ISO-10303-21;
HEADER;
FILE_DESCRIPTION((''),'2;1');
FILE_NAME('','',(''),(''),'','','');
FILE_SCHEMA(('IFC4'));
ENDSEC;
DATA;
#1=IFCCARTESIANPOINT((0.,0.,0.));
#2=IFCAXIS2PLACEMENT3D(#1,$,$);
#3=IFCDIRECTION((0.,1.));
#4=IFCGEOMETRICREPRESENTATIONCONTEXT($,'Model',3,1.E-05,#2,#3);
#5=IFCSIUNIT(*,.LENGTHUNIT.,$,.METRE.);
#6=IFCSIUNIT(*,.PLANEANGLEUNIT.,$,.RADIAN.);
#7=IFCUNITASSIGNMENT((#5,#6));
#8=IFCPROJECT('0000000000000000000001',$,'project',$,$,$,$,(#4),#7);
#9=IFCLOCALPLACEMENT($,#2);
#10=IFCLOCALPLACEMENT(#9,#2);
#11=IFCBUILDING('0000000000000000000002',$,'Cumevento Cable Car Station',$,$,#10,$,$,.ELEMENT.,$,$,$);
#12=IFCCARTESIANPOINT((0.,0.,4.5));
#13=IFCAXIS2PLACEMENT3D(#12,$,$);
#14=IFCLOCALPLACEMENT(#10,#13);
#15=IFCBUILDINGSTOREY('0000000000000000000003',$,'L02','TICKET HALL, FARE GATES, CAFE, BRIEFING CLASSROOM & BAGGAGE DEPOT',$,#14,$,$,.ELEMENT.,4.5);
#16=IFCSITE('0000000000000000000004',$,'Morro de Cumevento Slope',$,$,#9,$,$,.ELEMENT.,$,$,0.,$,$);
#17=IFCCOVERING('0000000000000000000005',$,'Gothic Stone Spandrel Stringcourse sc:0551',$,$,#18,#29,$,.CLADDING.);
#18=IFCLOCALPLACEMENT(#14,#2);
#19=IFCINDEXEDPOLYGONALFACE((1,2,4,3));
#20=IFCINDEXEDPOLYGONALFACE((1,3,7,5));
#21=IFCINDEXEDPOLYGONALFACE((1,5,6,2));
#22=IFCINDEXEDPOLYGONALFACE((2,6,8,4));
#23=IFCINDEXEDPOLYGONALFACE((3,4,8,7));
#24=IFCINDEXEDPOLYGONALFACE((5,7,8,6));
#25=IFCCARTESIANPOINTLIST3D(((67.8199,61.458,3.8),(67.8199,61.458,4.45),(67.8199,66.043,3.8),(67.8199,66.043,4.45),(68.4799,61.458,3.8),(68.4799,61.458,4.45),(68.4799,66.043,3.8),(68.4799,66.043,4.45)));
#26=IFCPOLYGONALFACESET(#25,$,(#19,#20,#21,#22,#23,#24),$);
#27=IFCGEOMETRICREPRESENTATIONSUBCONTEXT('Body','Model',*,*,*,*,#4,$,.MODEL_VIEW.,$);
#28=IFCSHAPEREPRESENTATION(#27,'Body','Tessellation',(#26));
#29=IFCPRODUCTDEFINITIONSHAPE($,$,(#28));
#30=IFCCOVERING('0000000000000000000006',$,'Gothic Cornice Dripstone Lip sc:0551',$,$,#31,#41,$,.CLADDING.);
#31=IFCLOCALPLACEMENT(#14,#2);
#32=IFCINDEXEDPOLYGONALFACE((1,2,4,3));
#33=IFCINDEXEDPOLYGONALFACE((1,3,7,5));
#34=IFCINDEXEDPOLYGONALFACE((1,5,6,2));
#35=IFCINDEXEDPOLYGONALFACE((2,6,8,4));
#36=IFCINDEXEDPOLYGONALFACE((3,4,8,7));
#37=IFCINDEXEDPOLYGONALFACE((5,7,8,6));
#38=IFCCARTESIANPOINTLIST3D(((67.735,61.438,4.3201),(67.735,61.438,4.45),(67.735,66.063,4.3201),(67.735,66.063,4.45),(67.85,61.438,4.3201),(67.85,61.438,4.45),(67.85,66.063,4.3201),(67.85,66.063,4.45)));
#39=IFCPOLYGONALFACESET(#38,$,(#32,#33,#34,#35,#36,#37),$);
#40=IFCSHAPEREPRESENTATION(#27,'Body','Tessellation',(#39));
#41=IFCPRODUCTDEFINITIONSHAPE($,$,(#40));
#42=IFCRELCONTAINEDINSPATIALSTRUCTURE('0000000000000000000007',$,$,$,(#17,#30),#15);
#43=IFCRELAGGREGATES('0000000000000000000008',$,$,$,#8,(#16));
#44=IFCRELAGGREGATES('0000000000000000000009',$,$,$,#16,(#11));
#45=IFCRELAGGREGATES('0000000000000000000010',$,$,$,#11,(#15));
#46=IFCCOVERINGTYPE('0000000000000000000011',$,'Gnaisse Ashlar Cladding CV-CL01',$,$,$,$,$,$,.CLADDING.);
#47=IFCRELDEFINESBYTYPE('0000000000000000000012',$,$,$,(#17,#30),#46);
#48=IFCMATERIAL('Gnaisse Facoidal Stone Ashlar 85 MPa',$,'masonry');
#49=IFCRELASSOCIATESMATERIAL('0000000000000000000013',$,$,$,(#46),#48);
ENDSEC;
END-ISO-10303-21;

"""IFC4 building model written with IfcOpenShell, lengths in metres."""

from ifc_helpers import new_model, si_unit, direction, frame, origin, origin_2d, place, context, subcontext, project, spatial, rectangle, extrude, material, type_object, element, save


model = new_model("IFC4")

# Units and contexts
model_context = context("Model", 3, precision=1e-05, world=origin(), true_north=direction((0.0, 1.0)))
body_context = subcontext(model_context, "Body", "Model", "MODEL_VIEW")
ifc_project = project(units=[si_unit("LENGTHUNIT", "METRE"), si_unit("PLANEANGLEUNIT", "RADIAN")], contexts=[model_context])

# Site, building, storey
site_placement = place(None, origin())
site = spatial("IfcSite", under=ifc_project, at=site_placement, Name="Morro de Cumevento Slope", CompositionType="ELEMENT", RefElevation=0.0)
building_placement = place(site_placement, origin())
building = spatial("IfcBuilding", under=site, at=building_placement, Name="Cumevento Cable Car Station", CompositionType="ELEMENT")
storey_placement = place(building_placement, frame((0.0, 0.0, 4.5)))
storey = spatial("IfcBuildingStorey", under=building, at=storey_placement, Name="L02", Description="TICKET HALL, FARE GATES, CAFE, BRIEFING CLASSROOM & BAGGAGE DEPOT", CompositionType="ELEMENT", Elevation=4.5)

# Coverings
ifc_material_1 = material(Name="Gnaisse Facoidal Stone Ashlar 85 MPa", Category="masonry")
covering_type = type_object("IfcCoveringType", Name="Gnaisse Ashlar Cladding CV-CL01", PredefinedType="CLADDING", material=ifc_material_1)
covering_1_placement = place(storey_placement, frame((68.1499, 63.7505, 3.8), z_axis=(0.0, 0.0, 1.0), x_axis=(0.0, 1.0, 0.0)))
element("IfcCovering", 1, at=covering_1_placement, inside=storey, type_object=covering_type, Name="Gothic Stone Spandrel Stringcourse sc:0551", PredefinedType="CLADDING", context=body_context, shape_type="SweptSolid", body=[
    extrude(rectangle(XDim=4.585, YDim=0.6599, at=origin_2d()), origin(), (0.0, 0.0, 1.0), 0.6499),
])
covering_2_placement = place(storey_placement, frame((67.7925, 63.7505, 4.3201), z_axis=(0.0, 0.0, 1.0), x_axis=(0.0, 1.0, 0.0)))
element("IfcCovering", 2, at=covering_2_placement, inside=storey, type_object=covering_type, Name="Gothic Cornice Dripstone Lip sc:0551", PredefinedType="CLADDING", context=body_context, shape_type="SweptSolid", body=[
    extrude(rectangle(XDim=4.625, YDim=0.115, at=origin_2d()), origin(), (0.0, 0.0, 1.0), 0.1299),
])

save(model, "model.ifc")
